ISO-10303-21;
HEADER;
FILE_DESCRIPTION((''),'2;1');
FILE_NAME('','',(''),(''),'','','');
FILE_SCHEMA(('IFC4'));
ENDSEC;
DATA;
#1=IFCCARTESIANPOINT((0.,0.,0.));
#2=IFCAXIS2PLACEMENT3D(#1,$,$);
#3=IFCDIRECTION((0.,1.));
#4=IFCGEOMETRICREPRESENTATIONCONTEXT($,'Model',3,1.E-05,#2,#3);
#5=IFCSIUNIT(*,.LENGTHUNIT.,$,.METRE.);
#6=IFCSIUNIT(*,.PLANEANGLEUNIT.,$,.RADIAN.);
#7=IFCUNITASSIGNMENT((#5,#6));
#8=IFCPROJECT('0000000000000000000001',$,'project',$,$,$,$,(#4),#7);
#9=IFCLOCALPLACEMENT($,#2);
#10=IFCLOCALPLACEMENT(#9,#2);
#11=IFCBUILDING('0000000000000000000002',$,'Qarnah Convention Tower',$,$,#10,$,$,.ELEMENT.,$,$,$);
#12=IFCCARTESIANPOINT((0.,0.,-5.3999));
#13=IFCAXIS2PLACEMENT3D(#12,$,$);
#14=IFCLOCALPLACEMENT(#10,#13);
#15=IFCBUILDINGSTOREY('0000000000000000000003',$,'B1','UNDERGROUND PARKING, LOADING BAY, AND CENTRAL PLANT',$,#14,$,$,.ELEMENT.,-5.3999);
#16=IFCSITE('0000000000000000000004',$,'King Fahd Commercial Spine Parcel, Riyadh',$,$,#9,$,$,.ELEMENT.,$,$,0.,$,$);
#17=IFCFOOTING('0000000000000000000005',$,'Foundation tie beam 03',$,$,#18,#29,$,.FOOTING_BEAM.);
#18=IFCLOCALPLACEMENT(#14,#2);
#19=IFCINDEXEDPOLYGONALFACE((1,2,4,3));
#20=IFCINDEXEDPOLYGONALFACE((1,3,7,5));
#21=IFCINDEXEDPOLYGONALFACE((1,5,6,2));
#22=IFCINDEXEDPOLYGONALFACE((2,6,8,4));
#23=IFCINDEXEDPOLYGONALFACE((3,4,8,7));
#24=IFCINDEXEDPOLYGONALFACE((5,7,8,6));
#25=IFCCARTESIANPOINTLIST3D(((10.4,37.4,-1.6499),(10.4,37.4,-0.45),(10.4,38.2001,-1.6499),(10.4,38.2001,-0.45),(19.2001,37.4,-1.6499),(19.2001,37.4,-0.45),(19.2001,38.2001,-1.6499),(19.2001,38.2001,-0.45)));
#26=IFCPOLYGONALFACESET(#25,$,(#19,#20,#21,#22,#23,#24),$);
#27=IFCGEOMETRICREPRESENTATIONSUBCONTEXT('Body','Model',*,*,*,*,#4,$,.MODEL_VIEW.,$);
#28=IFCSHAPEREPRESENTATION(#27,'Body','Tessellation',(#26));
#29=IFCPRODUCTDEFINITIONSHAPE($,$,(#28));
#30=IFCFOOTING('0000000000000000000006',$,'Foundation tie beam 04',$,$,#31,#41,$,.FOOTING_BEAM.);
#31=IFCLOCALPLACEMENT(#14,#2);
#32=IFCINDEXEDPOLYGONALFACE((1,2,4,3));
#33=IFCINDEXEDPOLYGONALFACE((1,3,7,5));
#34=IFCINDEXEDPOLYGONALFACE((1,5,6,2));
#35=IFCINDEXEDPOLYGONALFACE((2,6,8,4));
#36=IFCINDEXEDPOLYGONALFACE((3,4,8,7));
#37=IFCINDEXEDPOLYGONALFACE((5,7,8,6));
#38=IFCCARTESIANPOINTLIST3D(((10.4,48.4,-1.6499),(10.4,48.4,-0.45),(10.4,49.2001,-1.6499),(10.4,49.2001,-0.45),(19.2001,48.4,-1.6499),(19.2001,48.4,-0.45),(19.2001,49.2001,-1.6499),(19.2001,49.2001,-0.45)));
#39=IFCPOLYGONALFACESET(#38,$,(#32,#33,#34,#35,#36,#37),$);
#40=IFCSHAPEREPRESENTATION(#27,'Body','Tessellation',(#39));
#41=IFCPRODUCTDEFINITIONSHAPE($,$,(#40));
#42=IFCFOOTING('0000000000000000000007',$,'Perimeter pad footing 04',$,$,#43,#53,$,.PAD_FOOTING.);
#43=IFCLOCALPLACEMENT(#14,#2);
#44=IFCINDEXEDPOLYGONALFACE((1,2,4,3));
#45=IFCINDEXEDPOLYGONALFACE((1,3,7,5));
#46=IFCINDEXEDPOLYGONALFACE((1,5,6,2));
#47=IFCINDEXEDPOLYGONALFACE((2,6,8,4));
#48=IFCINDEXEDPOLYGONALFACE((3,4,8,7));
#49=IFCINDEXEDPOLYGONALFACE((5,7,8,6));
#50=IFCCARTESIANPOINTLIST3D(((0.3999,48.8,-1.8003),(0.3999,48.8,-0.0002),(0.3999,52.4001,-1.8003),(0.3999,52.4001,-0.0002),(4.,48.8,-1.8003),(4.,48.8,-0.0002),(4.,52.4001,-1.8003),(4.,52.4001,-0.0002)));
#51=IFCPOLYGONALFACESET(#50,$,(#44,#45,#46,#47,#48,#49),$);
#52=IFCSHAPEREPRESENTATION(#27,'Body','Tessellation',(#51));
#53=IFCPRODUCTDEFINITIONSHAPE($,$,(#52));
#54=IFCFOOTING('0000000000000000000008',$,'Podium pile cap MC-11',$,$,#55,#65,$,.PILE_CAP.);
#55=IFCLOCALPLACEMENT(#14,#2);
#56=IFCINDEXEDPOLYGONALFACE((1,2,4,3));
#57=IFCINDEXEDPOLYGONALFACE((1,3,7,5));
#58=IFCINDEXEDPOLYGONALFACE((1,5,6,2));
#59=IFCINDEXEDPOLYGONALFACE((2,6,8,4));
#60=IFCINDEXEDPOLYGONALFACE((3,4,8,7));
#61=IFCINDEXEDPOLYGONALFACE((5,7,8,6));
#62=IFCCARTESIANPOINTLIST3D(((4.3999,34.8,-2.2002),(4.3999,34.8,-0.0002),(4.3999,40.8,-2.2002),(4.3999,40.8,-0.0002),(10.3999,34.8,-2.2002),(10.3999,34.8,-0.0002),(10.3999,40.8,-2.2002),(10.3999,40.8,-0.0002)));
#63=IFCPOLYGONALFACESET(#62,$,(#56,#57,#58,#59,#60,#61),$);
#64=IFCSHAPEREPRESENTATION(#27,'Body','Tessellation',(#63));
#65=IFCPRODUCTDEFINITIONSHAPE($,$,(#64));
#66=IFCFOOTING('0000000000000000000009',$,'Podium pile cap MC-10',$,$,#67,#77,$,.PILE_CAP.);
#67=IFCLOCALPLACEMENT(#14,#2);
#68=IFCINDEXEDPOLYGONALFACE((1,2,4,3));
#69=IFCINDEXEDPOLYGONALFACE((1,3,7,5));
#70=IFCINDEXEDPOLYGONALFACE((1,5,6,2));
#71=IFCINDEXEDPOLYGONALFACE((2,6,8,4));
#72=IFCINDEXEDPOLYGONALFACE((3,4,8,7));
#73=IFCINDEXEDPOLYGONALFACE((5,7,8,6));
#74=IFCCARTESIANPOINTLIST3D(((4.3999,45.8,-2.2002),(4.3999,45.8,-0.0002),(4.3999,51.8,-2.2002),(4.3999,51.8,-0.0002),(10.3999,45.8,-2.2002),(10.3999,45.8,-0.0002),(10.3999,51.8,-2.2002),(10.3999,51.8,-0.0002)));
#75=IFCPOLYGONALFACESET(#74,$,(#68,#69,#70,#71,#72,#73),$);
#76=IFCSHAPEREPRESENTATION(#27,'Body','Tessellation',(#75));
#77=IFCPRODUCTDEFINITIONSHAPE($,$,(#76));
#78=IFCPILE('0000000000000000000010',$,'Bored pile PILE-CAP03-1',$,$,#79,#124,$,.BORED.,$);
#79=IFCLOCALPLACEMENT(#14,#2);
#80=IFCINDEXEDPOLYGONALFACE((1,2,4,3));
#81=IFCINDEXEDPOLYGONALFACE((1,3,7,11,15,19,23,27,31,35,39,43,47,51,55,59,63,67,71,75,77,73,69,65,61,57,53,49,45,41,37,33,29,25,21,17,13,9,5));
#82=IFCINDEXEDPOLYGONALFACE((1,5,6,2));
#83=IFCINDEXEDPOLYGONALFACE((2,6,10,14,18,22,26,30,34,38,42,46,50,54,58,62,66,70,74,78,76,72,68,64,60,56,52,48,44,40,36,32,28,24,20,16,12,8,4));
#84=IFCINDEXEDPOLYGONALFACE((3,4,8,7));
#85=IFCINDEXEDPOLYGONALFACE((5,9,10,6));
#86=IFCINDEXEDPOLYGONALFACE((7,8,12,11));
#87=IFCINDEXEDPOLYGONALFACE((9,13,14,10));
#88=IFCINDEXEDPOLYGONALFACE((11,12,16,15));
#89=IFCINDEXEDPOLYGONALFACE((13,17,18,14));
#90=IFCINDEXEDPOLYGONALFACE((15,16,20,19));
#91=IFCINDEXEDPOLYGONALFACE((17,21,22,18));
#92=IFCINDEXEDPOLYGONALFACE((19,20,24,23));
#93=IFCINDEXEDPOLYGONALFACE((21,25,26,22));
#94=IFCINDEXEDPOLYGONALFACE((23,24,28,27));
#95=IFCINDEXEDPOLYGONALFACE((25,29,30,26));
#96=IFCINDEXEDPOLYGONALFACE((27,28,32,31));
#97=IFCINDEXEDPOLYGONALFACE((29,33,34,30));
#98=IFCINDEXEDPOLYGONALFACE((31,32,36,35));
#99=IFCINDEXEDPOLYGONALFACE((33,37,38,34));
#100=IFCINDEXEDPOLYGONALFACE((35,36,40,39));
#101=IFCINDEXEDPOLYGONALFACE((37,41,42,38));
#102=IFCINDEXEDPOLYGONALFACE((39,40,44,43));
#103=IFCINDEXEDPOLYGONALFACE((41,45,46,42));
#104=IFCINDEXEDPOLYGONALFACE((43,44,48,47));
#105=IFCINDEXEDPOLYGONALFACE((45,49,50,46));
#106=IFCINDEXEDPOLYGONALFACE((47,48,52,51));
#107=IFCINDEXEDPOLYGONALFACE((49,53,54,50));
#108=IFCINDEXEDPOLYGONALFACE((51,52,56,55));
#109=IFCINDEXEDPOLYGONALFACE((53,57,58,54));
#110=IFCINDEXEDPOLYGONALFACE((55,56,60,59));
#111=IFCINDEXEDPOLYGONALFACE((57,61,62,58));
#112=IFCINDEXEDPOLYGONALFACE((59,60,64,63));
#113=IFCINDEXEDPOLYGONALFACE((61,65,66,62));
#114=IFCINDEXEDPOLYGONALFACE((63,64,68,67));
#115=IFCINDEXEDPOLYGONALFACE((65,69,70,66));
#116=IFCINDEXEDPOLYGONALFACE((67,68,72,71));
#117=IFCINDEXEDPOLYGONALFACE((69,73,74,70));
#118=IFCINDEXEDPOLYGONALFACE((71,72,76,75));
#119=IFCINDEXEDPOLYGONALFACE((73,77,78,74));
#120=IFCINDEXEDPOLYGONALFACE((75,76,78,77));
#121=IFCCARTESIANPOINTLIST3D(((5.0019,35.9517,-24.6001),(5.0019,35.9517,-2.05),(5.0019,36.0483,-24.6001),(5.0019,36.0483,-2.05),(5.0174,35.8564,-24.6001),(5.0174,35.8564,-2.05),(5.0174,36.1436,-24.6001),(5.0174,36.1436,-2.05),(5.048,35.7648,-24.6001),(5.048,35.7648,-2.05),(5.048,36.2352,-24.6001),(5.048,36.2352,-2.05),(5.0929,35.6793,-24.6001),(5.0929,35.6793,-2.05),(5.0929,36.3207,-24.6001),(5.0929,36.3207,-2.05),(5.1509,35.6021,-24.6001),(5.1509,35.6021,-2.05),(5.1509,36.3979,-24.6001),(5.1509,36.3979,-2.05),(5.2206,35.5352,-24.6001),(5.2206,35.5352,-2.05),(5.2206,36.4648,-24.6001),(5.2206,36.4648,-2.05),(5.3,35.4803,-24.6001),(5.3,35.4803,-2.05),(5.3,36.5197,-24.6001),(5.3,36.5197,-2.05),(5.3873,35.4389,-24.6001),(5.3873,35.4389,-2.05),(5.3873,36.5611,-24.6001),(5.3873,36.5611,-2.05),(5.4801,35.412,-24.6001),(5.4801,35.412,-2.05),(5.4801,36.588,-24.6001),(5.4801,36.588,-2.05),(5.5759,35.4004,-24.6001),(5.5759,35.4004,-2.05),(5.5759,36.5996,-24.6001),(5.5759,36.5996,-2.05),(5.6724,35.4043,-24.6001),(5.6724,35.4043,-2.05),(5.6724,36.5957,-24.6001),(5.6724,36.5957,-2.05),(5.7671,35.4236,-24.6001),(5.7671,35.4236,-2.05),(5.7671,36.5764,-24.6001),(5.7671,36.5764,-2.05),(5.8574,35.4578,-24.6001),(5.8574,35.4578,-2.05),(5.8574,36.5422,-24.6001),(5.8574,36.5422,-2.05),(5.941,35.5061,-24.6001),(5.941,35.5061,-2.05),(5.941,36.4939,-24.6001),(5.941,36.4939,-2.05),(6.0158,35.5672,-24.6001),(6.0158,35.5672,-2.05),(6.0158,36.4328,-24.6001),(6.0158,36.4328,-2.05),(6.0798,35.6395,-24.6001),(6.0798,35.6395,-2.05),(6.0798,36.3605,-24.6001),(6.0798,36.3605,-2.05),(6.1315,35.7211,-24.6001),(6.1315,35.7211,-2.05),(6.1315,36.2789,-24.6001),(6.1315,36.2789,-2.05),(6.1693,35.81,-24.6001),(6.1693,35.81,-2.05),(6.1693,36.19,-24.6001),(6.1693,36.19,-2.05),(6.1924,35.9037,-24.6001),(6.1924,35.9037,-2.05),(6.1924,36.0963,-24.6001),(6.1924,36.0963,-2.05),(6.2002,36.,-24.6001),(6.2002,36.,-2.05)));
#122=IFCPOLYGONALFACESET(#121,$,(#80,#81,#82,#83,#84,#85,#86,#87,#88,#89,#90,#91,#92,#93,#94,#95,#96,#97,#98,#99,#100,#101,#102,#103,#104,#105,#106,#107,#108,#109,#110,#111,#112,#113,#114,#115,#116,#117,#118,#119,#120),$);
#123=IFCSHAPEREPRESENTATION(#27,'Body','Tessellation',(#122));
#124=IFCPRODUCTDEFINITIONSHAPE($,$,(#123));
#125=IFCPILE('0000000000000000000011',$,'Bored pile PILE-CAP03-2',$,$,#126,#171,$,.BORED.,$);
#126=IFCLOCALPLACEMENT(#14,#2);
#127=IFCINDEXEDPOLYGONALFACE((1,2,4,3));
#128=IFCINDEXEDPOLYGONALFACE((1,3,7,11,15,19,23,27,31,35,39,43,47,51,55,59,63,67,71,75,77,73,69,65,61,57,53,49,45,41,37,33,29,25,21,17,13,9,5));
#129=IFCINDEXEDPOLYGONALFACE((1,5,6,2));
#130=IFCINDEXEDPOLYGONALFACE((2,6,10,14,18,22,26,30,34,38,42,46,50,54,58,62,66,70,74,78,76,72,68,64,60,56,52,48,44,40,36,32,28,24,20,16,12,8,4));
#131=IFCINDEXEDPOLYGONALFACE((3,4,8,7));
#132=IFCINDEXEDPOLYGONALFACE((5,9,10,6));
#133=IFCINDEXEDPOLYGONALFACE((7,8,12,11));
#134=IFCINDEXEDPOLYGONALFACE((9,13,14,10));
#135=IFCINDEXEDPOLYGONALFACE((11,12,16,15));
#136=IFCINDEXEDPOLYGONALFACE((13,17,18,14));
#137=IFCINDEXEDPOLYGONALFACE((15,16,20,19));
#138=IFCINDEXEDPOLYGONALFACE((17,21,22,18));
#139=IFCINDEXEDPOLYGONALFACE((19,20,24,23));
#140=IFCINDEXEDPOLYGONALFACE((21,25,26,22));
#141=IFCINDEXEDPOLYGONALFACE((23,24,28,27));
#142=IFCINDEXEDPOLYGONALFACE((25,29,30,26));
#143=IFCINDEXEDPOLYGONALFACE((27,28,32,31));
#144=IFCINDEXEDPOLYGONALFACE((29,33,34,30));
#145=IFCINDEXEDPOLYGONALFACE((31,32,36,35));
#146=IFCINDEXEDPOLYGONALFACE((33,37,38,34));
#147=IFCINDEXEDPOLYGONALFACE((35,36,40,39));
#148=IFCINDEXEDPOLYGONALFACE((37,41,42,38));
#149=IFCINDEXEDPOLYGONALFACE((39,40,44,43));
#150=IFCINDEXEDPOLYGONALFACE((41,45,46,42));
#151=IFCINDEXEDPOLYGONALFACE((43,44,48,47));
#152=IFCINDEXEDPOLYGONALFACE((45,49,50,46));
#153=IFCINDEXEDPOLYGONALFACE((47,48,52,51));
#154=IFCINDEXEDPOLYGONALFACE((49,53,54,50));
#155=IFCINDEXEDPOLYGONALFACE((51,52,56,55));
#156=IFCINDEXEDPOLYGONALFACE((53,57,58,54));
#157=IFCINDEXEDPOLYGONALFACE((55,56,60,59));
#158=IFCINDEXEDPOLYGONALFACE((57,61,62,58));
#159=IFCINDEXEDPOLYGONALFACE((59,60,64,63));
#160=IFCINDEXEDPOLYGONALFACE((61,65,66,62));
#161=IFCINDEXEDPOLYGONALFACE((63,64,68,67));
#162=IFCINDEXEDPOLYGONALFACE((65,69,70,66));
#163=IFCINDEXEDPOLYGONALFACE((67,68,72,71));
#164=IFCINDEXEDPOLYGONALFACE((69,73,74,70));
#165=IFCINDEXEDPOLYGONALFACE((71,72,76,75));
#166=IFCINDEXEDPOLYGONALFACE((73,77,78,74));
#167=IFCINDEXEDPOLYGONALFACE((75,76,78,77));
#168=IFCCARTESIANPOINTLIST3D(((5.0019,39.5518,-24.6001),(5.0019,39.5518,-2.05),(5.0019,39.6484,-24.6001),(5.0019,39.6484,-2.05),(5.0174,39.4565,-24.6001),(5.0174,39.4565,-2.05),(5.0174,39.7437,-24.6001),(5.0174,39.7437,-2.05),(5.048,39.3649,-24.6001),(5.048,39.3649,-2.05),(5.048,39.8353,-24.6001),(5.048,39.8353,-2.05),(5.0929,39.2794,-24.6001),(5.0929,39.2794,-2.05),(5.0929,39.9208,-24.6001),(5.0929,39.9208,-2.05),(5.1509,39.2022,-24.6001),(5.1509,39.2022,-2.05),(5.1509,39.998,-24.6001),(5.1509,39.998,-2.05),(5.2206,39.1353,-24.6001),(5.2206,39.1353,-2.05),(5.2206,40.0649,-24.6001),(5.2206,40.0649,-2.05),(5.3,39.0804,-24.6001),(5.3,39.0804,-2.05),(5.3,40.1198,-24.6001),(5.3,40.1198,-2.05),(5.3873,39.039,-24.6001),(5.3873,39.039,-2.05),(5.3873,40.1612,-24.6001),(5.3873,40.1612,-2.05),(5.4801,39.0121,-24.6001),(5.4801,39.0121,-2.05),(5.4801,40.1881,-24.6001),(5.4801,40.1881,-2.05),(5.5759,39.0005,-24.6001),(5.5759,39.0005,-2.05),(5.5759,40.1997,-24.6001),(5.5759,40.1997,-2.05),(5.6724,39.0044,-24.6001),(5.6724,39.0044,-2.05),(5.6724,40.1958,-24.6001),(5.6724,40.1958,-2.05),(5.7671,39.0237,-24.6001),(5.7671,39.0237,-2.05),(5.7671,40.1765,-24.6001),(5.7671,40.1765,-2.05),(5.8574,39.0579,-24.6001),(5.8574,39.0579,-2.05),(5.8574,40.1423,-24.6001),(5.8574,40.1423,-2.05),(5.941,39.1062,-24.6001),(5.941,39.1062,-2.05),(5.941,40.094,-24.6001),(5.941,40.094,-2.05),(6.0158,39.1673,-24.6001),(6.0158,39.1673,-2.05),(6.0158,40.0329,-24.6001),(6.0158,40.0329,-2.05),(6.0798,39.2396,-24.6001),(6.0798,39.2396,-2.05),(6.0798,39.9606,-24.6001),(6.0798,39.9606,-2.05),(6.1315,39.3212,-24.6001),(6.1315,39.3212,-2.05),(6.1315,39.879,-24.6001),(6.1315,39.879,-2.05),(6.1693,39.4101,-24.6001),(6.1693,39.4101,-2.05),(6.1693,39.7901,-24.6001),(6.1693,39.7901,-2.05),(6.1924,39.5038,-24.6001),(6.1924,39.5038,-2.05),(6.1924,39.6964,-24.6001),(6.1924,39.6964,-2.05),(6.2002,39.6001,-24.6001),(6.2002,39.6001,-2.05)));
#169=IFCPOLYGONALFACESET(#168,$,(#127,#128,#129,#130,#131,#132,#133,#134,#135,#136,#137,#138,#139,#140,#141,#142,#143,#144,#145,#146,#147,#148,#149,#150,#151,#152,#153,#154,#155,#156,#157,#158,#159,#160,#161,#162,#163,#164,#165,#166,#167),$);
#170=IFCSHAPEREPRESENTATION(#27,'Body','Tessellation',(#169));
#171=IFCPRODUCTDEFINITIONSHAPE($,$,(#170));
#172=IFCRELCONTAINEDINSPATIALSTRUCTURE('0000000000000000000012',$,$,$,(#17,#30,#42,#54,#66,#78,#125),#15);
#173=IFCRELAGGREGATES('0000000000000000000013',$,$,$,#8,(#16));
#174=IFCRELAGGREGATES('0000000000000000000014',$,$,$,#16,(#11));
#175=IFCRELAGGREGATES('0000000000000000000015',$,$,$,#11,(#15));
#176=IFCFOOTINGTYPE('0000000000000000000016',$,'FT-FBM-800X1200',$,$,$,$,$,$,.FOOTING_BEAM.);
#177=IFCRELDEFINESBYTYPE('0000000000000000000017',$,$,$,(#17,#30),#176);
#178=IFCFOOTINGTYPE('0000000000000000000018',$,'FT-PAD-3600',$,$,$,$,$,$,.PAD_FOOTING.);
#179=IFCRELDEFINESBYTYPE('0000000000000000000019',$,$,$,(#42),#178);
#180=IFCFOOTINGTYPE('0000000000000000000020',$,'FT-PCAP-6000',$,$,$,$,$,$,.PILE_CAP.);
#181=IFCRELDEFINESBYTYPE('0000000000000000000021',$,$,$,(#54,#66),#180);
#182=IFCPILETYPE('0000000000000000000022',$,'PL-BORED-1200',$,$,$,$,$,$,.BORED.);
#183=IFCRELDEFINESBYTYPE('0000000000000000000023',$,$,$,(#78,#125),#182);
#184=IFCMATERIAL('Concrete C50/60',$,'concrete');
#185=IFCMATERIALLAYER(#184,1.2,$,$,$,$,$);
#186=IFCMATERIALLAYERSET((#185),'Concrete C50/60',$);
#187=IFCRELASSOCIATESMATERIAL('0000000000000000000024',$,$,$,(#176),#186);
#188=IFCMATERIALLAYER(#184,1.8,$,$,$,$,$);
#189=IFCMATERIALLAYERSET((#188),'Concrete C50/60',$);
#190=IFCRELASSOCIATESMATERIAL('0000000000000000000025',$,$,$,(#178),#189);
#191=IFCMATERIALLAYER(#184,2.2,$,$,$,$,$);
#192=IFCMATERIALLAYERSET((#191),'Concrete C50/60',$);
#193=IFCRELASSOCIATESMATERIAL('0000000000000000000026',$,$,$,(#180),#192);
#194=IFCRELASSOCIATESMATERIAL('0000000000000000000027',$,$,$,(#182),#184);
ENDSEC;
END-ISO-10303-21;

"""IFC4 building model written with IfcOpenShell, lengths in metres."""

from ifc_helpers import new_model, si_unit, direction, frame, origin, origin_2d, place, context, subcontext, project, spatial, rectangle, circle, extrude, material, layer, layer_set, material_profile, profile_set, type_object, element, save


model = new_model("IFC4")

# Units and contexts
model_context = context("Model", 3, precision=1e-05, world=origin(), true_north=direction((0.0, 1.0)))
body_context = subcontext(model_context, "Body", "Model", "MODEL_VIEW")
ifc_project = project(units=[si_unit("LENGTHUNIT", "METRE"), si_unit("PLANEANGLEUNIT", "RADIAN")], contexts=[model_context])

# Site, building, storey
site_placement = place(None, origin())
site = spatial("IfcSite", under=ifc_project, at=site_placement, Name="King Fahd Commercial Spine Parcel, Riyadh", CompositionType="ELEMENT", RefElevation=0.0)
building_placement = place(site_placement, origin())
building = spatial("IfcBuilding", under=site, at=building_placement, Name="Qarnah Convention Tower", CompositionType="ELEMENT")
storey_placement = place(building_placement, frame((0.0, 0.0, -5.3999)))
storey = spatial("IfcBuildingStorey", under=building, at=storey_placement, Name="B1", Description="UNDERGROUND PARKING, LOADING BAY, AND CENTRAL PLANT", CompositionType="ELEMENT", Elevation=-5.3999)

# Footings
ifc_material_1 = material(Name="Concrete C50/60", Category="concrete")
ifc_layer_1 = layer(ifc_material_1, 1.2)
ifc_layer_set_1 = layer_set([ifc_layer_1], Name="Concrete C50/60")
footing_type_1 = type_object("IfcFootingType", Name="FT-FBM-800X1200", PredefinedType="FOOTING_BEAM", material=ifc_layer_set_1)
for number, where, z_axis, x_axis, name in (
    (1, (14.8, 37.8, -1.6499), (0.0, 0.0, 1.0), (1.0, 0.0, 0.0), "Foundation tie beam 03"),
    (2, (14.8, 48.8, -1.6499), (0.0, 0.0, 1.0), (1.0, 0.0, 0.0), "Foundation tie beam 04"),
):
    element("IfcFooting", number, at=place(storey_placement, frame(where, z_axis=z_axis, x_axis=x_axis)), inside=storey, type_object=footing_type_1, Name=name, PredefinedType="FOOTING_BEAM", context=body_context, shape_type="SweptSolid", body=[
        extrude(rectangle(XDim=8.8, YDim=0.8, at=origin_2d()), origin(), (0.0, 0.0, 1.0), 1.2),
    ])
ifc_layer_2 = layer(ifc_material_1, 1.8)
ifc_layer_set_2 = layer_set([ifc_layer_2], Name="Concrete C50/60")
footing_type_2 = type_object("IfcFootingType", Name="FT-PAD-3600", PredefinedType="PAD_FOOTING", material=ifc_layer_set_2)
footing_placement = place(storey_placement, frame((2.2, 50.6001, -1.8003), z_axis=(0.0, 0.0, 1.0), x_axis=(1.0, 0.0, 0.0)))
element("IfcFooting", 3, at=footing_placement, inside=storey, type_object=footing_type_2, Name="Perimeter pad footing 04", PredefinedType="PAD_FOOTING", context=body_context, shape_type="SweptSolid", body=[
    extrude(rectangle(XDim=3.6001, YDim=3.6001, at=origin_2d()), origin(), (0.0, 0.0, 1.0), 1.8),
])
ifc_layer_3 = layer(ifc_material_1, 2.2)
ifc_layer_set_3 = layer_set([ifc_layer_3], Name="Concrete C50/60")
footing_type_3 = type_object("IfcFootingType", Name="FT-PCAP-6000", PredefinedType="PILE_CAP", material=ifc_layer_set_3)
for number, where, z_axis, x_axis, name in (
    (4, (7.3999, 37.8, -2.2002), (0.0, 0.0, 1.0), (1.0, 0.0, 0.0), "Podium pile cap MC-11"),
    (5, (7.3999, 48.8, -2.2002), (0.0, 0.0, 1.0), (1.0, 0.0, 0.0), "Podium pile cap MC-10"),
):
    element("IfcFooting", number, at=place(storey_placement, frame(where, z_axis=z_axis, x_axis=x_axis)), inside=storey, type_object=footing_type_3, Name=name, PredefinedType="PILE_CAP", context=body_context, shape_type="SweptSolid", body=[
        extrude(rectangle(XDim=6.0, YDim=6.0, at=origin_2d()), origin(), (0.0, 0.0, 1.0), 2.2),
    ])

# Piles
ifc_material_profile_1 = material_profile(ifc_material_1, circle(Radius=0.6001, at=origin_2d()), Name="PILE-D1200")
ifc_profile_set_1 = profile_set([ifc_material_profile_1], Name="Concrete C50/60")
pile_type_1 = type_object("IfcPileType", Name="PL-BORED-1200", PredefinedType="BORED", material=ifc_profile_set_1)
for number, where, z_axis, x_axis, name in (
    (6, (5.6001, 36.0, -2.05), (0.0, 0.0, -1.0), (1.0, 0.0, 0.0), "Bored pile PILE-CAP03-1"),
    (7, (5.6001, 39.6001, -2.05), (0.0, 0.0, -1.0), (1.0, 0.0, 0.0), "Bored pile PILE-CAP03-2"),
):
    element("IfcPile", number, at=place(storey_placement, frame(where, z_axis=z_axis, x_axis=x_axis)), inside=storey, type_object=pile_type_1, Name=name, PredefinedType="BORED", context=body_context, shape_type="SweptSolid", body=[
        extrude(circle(Radius=0.6001, at=origin_2d()), origin(), (0.0, 0.0, 1.0), 22.55),
    ])

save(model, "model.ifc")
